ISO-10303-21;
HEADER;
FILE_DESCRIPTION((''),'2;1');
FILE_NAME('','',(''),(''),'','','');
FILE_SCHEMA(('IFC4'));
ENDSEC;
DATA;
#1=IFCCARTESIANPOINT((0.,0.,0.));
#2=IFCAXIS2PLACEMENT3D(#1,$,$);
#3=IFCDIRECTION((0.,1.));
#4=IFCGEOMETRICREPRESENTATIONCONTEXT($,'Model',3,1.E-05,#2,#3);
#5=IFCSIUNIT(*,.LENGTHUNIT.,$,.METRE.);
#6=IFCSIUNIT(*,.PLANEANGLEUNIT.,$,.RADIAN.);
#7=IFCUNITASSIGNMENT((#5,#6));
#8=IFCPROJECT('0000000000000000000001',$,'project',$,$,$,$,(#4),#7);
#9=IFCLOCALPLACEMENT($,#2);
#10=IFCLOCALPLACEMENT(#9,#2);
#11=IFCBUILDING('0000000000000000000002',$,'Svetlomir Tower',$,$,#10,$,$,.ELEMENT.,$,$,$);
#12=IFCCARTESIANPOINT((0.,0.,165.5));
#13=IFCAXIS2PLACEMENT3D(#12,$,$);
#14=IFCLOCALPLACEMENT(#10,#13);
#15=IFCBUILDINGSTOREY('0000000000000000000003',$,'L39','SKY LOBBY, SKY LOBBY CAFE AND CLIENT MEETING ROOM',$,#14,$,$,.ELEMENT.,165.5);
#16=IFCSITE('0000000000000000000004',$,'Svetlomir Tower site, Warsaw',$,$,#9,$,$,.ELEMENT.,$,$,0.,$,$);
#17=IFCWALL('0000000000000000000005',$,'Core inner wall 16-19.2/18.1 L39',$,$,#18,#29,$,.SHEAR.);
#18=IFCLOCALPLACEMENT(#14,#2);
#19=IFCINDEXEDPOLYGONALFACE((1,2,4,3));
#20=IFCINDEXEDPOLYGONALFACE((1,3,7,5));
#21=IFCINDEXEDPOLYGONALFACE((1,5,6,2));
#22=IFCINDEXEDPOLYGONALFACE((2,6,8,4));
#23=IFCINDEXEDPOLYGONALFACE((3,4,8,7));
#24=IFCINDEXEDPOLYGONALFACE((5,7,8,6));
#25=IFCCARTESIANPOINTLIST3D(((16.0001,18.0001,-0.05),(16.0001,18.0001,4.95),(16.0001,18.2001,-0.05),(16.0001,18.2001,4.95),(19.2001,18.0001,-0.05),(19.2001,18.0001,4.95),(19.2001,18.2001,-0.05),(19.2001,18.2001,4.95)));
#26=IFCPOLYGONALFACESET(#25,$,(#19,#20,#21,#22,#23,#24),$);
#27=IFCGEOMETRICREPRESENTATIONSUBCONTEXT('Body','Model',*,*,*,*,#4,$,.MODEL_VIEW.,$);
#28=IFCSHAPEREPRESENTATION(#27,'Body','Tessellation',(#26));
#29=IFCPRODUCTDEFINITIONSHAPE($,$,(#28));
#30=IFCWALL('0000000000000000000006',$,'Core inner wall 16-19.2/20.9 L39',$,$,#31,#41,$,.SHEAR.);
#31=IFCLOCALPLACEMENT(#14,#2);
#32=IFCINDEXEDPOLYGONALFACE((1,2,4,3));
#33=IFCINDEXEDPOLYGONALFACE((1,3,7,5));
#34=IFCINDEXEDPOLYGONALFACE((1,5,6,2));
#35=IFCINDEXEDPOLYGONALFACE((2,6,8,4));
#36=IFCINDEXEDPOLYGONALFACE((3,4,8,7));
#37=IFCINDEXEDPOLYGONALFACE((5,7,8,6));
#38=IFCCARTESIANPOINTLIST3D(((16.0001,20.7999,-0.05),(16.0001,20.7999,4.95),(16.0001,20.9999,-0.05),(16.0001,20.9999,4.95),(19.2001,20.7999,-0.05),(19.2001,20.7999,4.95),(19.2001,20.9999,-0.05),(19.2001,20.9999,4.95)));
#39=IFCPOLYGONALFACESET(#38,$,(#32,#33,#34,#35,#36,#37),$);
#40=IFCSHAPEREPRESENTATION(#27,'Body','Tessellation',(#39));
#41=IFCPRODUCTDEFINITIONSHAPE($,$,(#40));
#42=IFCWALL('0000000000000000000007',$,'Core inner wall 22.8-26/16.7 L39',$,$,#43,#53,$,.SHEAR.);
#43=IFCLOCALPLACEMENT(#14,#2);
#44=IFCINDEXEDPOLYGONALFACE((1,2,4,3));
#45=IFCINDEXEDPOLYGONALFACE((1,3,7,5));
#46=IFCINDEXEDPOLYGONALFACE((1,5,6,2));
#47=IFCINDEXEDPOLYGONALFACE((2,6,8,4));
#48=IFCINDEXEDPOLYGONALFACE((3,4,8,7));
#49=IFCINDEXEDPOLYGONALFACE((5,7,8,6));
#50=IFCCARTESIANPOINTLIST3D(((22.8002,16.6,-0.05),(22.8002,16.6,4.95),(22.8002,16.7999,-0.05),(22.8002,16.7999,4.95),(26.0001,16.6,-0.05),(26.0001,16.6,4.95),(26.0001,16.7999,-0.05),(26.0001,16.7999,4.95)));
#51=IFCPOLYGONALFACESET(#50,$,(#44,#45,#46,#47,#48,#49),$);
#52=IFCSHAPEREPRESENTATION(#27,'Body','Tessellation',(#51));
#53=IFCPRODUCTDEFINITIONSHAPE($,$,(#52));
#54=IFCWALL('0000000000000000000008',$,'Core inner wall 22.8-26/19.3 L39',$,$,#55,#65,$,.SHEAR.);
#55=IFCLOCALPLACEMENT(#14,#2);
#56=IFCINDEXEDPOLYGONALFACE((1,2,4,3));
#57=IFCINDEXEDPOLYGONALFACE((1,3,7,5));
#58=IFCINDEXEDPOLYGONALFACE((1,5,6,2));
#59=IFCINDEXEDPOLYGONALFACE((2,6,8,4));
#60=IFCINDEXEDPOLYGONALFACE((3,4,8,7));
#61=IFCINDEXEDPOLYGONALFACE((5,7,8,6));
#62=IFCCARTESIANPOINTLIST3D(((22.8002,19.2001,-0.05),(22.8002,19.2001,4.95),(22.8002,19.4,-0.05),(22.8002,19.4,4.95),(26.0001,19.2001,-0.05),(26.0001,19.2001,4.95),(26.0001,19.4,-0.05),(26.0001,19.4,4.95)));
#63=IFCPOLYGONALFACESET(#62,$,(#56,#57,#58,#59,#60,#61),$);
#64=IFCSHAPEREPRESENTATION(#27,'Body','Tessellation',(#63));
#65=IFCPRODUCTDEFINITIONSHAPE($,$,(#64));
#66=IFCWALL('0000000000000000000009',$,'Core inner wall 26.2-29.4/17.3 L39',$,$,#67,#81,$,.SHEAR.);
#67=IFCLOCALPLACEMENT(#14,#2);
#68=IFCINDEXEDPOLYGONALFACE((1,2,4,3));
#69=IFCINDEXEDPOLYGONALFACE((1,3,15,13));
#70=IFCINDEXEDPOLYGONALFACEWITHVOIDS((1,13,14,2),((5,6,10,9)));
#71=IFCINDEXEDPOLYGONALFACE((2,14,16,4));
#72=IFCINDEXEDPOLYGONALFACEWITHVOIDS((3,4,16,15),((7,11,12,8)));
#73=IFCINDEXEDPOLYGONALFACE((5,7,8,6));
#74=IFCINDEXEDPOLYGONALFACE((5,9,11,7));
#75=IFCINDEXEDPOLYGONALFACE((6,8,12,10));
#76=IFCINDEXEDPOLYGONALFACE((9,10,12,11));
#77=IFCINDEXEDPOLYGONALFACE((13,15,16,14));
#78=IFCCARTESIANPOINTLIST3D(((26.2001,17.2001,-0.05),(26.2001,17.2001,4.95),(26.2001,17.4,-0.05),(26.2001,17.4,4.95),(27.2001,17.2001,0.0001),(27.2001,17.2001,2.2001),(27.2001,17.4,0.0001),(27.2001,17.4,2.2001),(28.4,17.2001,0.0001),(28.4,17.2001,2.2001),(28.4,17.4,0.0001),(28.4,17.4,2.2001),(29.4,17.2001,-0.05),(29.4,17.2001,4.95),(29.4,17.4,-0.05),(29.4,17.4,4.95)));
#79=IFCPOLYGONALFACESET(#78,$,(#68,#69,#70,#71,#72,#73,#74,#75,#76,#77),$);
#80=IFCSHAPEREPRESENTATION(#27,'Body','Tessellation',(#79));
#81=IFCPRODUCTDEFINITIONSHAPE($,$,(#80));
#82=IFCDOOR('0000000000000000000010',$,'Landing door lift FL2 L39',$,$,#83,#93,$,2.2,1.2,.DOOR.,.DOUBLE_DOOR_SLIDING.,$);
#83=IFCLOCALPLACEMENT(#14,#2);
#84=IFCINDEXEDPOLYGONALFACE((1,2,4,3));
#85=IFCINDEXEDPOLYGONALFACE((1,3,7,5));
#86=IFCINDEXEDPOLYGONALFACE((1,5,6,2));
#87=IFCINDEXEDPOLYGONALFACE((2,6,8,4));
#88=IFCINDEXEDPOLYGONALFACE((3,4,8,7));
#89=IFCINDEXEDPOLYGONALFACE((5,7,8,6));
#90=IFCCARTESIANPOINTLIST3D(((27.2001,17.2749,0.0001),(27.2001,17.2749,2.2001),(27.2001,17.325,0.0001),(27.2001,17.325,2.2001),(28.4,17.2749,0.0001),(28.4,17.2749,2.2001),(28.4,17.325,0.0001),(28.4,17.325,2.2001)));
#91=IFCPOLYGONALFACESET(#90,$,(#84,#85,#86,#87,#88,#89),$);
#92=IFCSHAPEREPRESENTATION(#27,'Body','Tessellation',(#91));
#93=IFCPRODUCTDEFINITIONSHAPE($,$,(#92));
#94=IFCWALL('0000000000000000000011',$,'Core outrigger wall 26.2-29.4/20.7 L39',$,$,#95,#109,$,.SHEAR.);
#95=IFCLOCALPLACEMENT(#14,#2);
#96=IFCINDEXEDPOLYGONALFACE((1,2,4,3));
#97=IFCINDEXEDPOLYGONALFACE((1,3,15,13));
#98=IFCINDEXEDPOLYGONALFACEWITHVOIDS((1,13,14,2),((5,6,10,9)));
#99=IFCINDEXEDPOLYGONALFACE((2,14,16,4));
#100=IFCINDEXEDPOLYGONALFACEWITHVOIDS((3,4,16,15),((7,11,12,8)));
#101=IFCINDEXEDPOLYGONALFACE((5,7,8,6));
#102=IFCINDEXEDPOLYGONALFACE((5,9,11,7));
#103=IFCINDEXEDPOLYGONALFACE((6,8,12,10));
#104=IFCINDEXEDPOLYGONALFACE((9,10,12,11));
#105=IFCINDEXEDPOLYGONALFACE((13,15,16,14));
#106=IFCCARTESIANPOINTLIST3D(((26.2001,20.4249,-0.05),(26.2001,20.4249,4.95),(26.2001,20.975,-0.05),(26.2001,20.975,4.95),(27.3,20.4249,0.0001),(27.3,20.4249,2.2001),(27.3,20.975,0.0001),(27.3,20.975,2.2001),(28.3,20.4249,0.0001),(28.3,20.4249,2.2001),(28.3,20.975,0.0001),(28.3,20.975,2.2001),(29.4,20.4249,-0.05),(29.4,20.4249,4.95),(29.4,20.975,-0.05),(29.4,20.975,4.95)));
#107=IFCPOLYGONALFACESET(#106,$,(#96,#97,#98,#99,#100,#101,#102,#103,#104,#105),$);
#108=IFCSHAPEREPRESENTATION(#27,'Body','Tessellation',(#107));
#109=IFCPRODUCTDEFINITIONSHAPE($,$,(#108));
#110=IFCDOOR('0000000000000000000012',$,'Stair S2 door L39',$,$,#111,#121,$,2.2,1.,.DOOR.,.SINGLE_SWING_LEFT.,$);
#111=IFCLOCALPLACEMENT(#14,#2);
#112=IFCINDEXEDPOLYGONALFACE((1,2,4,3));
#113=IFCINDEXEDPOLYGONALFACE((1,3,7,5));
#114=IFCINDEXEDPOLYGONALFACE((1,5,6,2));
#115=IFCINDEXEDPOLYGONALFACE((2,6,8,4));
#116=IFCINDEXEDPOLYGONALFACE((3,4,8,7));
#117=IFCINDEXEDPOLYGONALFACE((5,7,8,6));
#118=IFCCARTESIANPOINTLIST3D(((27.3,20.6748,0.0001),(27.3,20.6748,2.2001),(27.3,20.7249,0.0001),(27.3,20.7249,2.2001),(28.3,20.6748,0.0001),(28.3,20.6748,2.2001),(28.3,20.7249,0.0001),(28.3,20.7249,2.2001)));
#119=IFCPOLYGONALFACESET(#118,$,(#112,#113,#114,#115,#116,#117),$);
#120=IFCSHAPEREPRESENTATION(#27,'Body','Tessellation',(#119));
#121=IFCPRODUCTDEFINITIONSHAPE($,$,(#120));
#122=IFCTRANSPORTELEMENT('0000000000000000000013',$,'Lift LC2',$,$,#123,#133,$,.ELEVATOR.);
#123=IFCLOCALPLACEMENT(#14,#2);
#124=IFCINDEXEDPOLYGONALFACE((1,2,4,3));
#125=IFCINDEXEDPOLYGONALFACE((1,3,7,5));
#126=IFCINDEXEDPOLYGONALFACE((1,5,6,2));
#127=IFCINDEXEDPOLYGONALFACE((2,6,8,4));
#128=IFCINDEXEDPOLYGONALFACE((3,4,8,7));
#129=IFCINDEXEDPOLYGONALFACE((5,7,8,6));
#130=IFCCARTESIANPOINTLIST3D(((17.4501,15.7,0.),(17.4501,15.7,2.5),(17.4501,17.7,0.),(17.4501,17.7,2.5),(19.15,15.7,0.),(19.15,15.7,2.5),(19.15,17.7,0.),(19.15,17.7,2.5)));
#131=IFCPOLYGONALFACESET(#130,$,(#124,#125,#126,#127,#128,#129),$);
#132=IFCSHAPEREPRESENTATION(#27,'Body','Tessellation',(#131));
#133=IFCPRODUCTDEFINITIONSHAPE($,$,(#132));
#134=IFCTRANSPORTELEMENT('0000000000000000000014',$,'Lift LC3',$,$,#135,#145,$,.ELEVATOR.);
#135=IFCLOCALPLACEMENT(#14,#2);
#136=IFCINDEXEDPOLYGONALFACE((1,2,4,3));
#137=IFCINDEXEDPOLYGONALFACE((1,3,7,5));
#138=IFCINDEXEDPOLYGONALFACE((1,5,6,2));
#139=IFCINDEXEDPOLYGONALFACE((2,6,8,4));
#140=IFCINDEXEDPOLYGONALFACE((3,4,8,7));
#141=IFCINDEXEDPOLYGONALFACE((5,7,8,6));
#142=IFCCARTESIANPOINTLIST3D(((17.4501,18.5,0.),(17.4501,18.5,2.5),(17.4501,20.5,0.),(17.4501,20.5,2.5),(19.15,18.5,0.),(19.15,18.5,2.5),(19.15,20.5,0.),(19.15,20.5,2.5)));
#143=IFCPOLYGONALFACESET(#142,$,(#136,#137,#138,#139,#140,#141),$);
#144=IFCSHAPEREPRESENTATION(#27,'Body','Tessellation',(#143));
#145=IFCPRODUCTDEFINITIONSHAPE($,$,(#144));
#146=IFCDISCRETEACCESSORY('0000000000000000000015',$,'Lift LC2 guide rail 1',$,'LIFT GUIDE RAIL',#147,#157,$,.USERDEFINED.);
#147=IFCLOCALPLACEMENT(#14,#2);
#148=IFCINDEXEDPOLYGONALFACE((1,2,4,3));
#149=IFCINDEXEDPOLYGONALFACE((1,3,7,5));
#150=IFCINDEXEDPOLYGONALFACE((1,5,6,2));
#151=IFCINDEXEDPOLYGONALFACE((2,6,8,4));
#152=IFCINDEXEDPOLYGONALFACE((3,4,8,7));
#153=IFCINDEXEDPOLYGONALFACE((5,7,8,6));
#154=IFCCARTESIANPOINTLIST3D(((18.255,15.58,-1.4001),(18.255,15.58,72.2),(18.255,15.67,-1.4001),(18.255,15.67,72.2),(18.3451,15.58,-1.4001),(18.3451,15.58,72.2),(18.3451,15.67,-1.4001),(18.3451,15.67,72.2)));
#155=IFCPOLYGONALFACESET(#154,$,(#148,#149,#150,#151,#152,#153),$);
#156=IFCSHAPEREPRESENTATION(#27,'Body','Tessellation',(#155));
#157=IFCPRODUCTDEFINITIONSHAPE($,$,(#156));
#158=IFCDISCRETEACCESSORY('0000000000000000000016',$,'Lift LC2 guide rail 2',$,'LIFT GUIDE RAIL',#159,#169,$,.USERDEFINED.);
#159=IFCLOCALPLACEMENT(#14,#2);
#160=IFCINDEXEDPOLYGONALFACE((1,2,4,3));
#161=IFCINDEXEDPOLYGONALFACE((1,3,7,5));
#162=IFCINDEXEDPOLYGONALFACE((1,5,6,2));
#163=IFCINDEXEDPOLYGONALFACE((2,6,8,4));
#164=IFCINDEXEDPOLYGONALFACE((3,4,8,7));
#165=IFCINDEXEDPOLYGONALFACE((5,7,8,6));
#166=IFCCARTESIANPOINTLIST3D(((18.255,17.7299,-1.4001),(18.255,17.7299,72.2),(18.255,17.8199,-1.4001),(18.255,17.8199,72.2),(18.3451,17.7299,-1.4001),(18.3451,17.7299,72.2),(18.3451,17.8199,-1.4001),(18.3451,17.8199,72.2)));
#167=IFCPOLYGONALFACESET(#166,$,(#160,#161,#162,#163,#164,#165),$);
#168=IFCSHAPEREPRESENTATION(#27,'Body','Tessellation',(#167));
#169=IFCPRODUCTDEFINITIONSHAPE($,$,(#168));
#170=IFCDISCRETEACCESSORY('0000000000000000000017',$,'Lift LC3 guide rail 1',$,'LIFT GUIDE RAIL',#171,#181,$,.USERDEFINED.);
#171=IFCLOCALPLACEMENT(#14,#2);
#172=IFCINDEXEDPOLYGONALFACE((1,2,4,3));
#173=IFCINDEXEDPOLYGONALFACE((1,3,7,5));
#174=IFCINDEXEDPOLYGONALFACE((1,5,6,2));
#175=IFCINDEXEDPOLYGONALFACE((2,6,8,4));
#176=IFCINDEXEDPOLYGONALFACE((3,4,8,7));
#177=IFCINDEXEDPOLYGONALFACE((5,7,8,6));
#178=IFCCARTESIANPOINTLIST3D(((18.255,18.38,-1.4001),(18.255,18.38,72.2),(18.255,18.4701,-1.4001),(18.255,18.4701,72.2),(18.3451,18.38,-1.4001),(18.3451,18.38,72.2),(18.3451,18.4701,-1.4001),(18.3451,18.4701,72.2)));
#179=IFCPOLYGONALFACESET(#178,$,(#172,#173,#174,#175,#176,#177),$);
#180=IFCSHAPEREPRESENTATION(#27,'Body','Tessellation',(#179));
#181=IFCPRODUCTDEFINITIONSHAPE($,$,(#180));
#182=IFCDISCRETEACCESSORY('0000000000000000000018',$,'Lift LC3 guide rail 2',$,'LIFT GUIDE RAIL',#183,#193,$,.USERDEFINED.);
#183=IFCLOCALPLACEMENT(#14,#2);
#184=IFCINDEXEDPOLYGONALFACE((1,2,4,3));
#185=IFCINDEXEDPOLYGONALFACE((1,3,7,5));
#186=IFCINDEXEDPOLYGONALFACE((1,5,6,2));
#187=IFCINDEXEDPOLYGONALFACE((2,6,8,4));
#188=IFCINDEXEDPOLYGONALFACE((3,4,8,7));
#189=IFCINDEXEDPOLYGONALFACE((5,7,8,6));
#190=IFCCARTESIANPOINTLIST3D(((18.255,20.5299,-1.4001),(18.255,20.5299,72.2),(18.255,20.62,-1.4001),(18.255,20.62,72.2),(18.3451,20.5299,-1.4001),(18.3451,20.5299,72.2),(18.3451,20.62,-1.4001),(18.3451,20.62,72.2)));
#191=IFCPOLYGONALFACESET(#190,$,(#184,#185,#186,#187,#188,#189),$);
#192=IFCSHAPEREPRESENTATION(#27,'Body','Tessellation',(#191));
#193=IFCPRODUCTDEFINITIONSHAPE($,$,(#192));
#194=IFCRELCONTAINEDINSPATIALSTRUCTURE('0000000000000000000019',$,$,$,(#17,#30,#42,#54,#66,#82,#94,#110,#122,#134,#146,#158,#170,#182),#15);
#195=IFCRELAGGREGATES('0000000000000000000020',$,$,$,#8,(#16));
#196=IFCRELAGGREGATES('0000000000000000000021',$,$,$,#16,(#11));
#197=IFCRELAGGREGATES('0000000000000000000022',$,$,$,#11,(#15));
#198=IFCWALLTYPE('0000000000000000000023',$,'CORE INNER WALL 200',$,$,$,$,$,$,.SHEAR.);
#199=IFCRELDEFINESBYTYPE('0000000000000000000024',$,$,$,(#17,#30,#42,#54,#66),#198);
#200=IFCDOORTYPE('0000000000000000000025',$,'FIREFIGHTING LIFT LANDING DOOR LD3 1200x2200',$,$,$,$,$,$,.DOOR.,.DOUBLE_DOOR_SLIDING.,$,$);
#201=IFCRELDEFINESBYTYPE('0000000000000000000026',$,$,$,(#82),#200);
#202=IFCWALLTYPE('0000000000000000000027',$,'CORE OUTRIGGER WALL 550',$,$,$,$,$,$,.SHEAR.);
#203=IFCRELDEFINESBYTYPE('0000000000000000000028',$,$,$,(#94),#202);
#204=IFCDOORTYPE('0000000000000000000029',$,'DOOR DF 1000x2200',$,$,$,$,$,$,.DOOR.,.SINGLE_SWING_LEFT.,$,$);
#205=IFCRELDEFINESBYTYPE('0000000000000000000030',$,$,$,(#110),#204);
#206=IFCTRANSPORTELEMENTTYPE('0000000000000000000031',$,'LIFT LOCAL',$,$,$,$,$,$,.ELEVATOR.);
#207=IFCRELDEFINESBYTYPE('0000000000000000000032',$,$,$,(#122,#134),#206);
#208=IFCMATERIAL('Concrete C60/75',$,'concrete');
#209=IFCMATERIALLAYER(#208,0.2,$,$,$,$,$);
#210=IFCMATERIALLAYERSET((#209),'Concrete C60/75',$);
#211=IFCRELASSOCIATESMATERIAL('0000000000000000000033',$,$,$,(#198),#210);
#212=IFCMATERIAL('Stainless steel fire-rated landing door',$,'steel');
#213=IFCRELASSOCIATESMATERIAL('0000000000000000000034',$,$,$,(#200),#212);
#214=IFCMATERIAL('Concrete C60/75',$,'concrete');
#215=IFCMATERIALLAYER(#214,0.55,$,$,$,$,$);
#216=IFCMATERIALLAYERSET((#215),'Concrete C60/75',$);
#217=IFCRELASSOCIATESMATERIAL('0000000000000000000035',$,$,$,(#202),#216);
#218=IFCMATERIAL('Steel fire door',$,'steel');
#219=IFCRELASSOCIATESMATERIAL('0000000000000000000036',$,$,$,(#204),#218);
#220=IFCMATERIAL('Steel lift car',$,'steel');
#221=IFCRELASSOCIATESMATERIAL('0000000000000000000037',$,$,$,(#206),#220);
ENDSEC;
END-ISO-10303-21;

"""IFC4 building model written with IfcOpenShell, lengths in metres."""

from ifc_helpers import new_model, si_unit, direction, frame, frame_2d, origin, origin_2d, place, context, subcontext, project, spatial, rectangle, extrude, material, layer, layer_set, type_object, element, fill, save


model = new_model("IFC4")

# Units and contexts
model_context = context("Model", 3, precision=1e-05, world=origin(), true_north=direction((0.0, 1.0)))
body_context = subcontext(model_context, "Body", "Model", "MODEL_VIEW")
ifc_project = project(units=[si_unit("LENGTHUNIT", "METRE"), si_unit("PLANEANGLEUNIT", "RADIAN")], contexts=[model_context])

# Site, building, storey
site_placement = place(None, origin())
site = spatial("IfcSite", under=ifc_project, at=site_placement, Name="Svetlomir Tower site, Warsaw", CompositionType="ELEMENT", RefElevation=0.0)
building_placement = place(site_placement, origin())
building = spatial("IfcBuilding", under=site, at=building_placement, Name="Svetlomir Tower", CompositionType="ELEMENT")
storey_placement = place(building_placement, frame((0.0, 0.0, 165.5)))
storey = spatial("IfcBuildingStorey", under=building, at=storey_placement, Name="L39", Description="SKY LOBBY, SKY LOBBY CAFE AND CLIENT MEETING ROOM", CompositionType="ELEMENT", Elevation=165.5)

# Walls
ifc_material_1 = material(Name="Concrete C60/75", Category="concrete")
ifc_layer_1 = layer(ifc_material_1, 0.2)
ifc_layer_set_1 = layer_set([ifc_layer_1], Name="Concrete C60/75")
wall_type_1 = type_object("IfcWallType", Name="CORE INNER WALL 200", PredefinedType="SHEAR", material=ifc_layer_set_1)
for number, where, z_axis, x_axis, name in (
    (1, (16.0, 18.1001, -0.05), (0.0, 0.0, 1.0), (1.0, 0.0, 0.0), "Core inner wall 16-19.2/18.1 L39"),
    (2, (16.0, 20.8999, -0.05), (0.0, 0.0, 1.0), (1.0, 0.0, 0.0), "Core inner wall 16-19.2/20.9 L39"),
    (3, (22.8, 16.7, -0.05), (0.0, 0.0, 1.0), (1.0, 0.0, 0.0), "Core inner wall 22.8-26/16.7 L39"),
    (4, (22.8, 19.3, -0.05), (0.0, 0.0, 1.0), (1.0, 0.0, 0.0), "Core inner wall 22.8-26/19.3 L39"),
):
    element("IfcWall", number, at=place(storey_placement, frame(where, z_axis=z_axis, x_axis=x_axis)), inside=storey, type_object=wall_type_1, Name=name, PredefinedType="SHEAR", context=body_context, shape_type="SweptSolid", body=[
        extrude(rectangle(XDim=3.2, YDim=0.2, at=frame_2d((1.6001, 0.0))), origin(), (0.0, 0.0, 1.0), 5.0),
    ])

# Walls, openings, doors
wall_1_placement = place(storey_placement, frame((26.2, 17.3, -0.05), z_axis=(0.0, 0.0, 1.0), x_axis=(1.0, 0.0, 0.0)))
wall_1 = element("IfcWall", 5, at=wall_1_placement, inside=storey, type_object=wall_type_1, Name="Core inner wall 26.2-29.4/17.3 L39", PredefinedType="SHEAR", context=body_context, shape_type="SweptSolid", body=[
    extrude(rectangle(XDim=3.2, YDim=0.2, at=frame_2d((1.6001, 0.0))), origin(), (0.0, 0.0, 1.0), 5.0),
])
opening_1_placement = place(wall_1_placement, frame((1.0, 0.0, 0.05)))
opening_1 = element("IfcOpeningElement", 6, at=opening_1_placement, cuts=wall_1, PredefinedType="OPENING", context=body_context, shape_type="SweptSolid", body=[
    extrude(rectangle(XDim=1.2, YDim=2.2, at=frame_2d((0.6001, 1.1001))), frame((0.0, 0.1099, 0.0), z_axis=(0.0, -1.0, 0.0), x_axis=(1.0, 0.0, 0.0)), (0.0, 0.0, 1.0), 0.22),
])
ifc_material_2 = material(Name="Stainless steel fire-rated landing door", Category="steel")
door_type_1 = type_object("IfcDoorType", Name="FIREFIGHTING LIFT LANDING DOOR LD3 1200x2200", OperationType="DOUBLE_DOOR_SLIDING", PredefinedType="DOOR", material=ifc_material_2)
door_1_placement = place(opening_1_placement, origin())
door_1 = element("IfcDoor", 7, at=door_1_placement, inside=storey, type_object=door_type_1, Name="Landing door lift FL2 L39", OperationType="DOUBLE_DOOR_SLIDING", OverallHeight=2.2, OverallWidth=1.2, PredefinedType="DOOR", context=body_context, shape_type="SweptSolid", body=[
    extrude(rectangle(XDim=1.2, YDim=2.2, at=frame_2d((0.6001, 1.1001))), frame((0.0, 0.0249, 0.0), z_axis=(0.0, -1.0, 0.0), x_axis=(1.0, 0.0, 0.0)), (0.0, 0.0, 1.0), 0.05),
])
fill(opening_1, door_1)
ifc_material_3 = material(Name="Concrete C60/75", Category="concrete")
ifc_layer_2 = layer(ifc_material_3, 0.55)
ifc_layer_set_2 = layer_set([ifc_layer_2], Name="Concrete C60/75")
wall_type_2 = type_object("IfcWallType", Name="CORE OUTRIGGER WALL 550", PredefinedType="SHEAR", material=ifc_layer_set_2)
wall_2_placement = place(storey_placement, frame((26.2, 20.7, -0.05), z_axis=(0.0, 0.0, 1.0), x_axis=(1.0, 0.0, 0.0)))
wall_2 = element("IfcWall", 8, at=wall_2_placement, inside=storey, type_object=wall_type_2, Name="Core outrigger wall 26.2-29.4/20.7 L39", PredefinedType="SHEAR", context=body_context, shape_type="SweptSolid", body=[
    extrude(rectangle(XDim=3.2, YDim=0.55, at=frame_2d((1.6001, 0.0))), origin(), (0.0, 0.0, 1.0), 5.0),
])
opening_2_placement = place(wall_2_placement, frame((1.1001, 0.0, 0.05)))
opening_2 = element("IfcOpeningElement", 9, at=opening_2_placement, cuts=wall_2, PredefinedType="OPENING", context=body_context, shape_type="SweptSolid", body=[
    extrude(rectangle(XDim=1.0, YDim=2.2, at=frame_2d((0.5, 1.1001))), frame((0.0, 0.2852, 0.0), z_axis=(0.0, -1.0, 0.0), x_axis=(1.0, 0.0, 0.0)), (0.0, 0.0, 1.0), 0.5701),
])
ifc_material_4 = material(Name="Steel fire door", Category="steel")
door_type_2 = type_object("IfcDoorType", Name="DOOR DF 1000x2200", OperationType="SINGLE_SWING_LEFT", PredefinedType="DOOR", material=ifc_material_4)
door_2_placement = place(opening_2_placement, origin())
door_2 = element("IfcDoor", 10, at=door_2_placement, inside=storey, type_object=door_type_2, Name="Stair S2 door L39", OperationType="SINGLE_SWING_LEFT", OverallHeight=2.2, OverallWidth=1.0, PredefinedType="DOOR", context=body_context, shape_type="SweptSolid", body=[
    extrude(rectangle(XDim=1.0, YDim=2.2, at=frame_2d((0.5, 1.1001))), frame((0.0, 0.0249, 0.0), z_axis=(0.0, -1.0, 0.0), x_axis=(1.0, 0.0, 0.0)), (0.0, 0.0, 1.0), 0.05),
])
fill(opening_2, door_2)

# Transport elements
ifc_material_5 = material(Name="Steel lift car", Category="steel")
transport_element_type = type_object("IfcTransportElementType", Name="LIFT LOCAL", PredefinedType="ELEVATOR", material=ifc_material_5)
for number, where, z_axis, x_axis, name in (
    (11, (18.3, 16.7, 0.0), (0.0, 0.0, 1.0), (1.0, 0.0, 0.0), "Lift LC2"),
    (12, (18.3, 19.5, 0.0), (0.0, 0.0, 1.0), (1.0, 0.0, 0.0), "Lift LC3"),
):
    element("IfcTransportElement", number, at=place(storey_placement, frame(where, z_axis=z_axis, x_axis=x_axis)), inside=storey, type_object=transport_element_type, Name=name, PredefinedType="ELEVATOR", context=body_context, shape_type="SweptSolid", body=[
        extrude(rectangle(XDim=1.7, YDim=2.0, at=origin_2d()), origin(), (0.0, 0.0, 1.0), 2.5),
    ])

# Discrete accessories
for number, where, z_axis, x_axis, name in (
    (13, (18.3, 15.625, -1.4001), (0.0, 0.0, 1.0), (1.0, 0.0, 0.0), "Lift LC2 guide rail 1"),
    (14, (18.3, 17.7749, -1.4001), (0.0, 0.0, 1.0), (1.0, 0.0, 0.0), "Lift LC2 guide rail 2"),
    (15, (18.3, 18.425, -1.4001), (0.0, 0.0, 1.0), (1.0, 0.0, 0.0), "Lift LC3 guide rail 1"),
    (16, (18.3, 20.575, -1.4001), (0.0, 0.0, 1.0), (1.0, 0.0, 0.0), "Lift LC3 guide rail 2"),
):
    element("IfcDiscreteAccessory", number, at=place(storey_placement, frame(where, z_axis=z_axis, x_axis=x_axis)), inside=storey, Name=name, ObjectType="LIFT GUIDE RAIL", PredefinedType="USERDEFINED", context=body_context, shape_type="SweptSolid", body=[
        extrude(rectangle(XDim=0.0901, YDim=0.0901, at=origin_2d()), origin(), (0.0, 0.0, 1.0), 73.6001),
    ])

save(model, "model.ifc")
